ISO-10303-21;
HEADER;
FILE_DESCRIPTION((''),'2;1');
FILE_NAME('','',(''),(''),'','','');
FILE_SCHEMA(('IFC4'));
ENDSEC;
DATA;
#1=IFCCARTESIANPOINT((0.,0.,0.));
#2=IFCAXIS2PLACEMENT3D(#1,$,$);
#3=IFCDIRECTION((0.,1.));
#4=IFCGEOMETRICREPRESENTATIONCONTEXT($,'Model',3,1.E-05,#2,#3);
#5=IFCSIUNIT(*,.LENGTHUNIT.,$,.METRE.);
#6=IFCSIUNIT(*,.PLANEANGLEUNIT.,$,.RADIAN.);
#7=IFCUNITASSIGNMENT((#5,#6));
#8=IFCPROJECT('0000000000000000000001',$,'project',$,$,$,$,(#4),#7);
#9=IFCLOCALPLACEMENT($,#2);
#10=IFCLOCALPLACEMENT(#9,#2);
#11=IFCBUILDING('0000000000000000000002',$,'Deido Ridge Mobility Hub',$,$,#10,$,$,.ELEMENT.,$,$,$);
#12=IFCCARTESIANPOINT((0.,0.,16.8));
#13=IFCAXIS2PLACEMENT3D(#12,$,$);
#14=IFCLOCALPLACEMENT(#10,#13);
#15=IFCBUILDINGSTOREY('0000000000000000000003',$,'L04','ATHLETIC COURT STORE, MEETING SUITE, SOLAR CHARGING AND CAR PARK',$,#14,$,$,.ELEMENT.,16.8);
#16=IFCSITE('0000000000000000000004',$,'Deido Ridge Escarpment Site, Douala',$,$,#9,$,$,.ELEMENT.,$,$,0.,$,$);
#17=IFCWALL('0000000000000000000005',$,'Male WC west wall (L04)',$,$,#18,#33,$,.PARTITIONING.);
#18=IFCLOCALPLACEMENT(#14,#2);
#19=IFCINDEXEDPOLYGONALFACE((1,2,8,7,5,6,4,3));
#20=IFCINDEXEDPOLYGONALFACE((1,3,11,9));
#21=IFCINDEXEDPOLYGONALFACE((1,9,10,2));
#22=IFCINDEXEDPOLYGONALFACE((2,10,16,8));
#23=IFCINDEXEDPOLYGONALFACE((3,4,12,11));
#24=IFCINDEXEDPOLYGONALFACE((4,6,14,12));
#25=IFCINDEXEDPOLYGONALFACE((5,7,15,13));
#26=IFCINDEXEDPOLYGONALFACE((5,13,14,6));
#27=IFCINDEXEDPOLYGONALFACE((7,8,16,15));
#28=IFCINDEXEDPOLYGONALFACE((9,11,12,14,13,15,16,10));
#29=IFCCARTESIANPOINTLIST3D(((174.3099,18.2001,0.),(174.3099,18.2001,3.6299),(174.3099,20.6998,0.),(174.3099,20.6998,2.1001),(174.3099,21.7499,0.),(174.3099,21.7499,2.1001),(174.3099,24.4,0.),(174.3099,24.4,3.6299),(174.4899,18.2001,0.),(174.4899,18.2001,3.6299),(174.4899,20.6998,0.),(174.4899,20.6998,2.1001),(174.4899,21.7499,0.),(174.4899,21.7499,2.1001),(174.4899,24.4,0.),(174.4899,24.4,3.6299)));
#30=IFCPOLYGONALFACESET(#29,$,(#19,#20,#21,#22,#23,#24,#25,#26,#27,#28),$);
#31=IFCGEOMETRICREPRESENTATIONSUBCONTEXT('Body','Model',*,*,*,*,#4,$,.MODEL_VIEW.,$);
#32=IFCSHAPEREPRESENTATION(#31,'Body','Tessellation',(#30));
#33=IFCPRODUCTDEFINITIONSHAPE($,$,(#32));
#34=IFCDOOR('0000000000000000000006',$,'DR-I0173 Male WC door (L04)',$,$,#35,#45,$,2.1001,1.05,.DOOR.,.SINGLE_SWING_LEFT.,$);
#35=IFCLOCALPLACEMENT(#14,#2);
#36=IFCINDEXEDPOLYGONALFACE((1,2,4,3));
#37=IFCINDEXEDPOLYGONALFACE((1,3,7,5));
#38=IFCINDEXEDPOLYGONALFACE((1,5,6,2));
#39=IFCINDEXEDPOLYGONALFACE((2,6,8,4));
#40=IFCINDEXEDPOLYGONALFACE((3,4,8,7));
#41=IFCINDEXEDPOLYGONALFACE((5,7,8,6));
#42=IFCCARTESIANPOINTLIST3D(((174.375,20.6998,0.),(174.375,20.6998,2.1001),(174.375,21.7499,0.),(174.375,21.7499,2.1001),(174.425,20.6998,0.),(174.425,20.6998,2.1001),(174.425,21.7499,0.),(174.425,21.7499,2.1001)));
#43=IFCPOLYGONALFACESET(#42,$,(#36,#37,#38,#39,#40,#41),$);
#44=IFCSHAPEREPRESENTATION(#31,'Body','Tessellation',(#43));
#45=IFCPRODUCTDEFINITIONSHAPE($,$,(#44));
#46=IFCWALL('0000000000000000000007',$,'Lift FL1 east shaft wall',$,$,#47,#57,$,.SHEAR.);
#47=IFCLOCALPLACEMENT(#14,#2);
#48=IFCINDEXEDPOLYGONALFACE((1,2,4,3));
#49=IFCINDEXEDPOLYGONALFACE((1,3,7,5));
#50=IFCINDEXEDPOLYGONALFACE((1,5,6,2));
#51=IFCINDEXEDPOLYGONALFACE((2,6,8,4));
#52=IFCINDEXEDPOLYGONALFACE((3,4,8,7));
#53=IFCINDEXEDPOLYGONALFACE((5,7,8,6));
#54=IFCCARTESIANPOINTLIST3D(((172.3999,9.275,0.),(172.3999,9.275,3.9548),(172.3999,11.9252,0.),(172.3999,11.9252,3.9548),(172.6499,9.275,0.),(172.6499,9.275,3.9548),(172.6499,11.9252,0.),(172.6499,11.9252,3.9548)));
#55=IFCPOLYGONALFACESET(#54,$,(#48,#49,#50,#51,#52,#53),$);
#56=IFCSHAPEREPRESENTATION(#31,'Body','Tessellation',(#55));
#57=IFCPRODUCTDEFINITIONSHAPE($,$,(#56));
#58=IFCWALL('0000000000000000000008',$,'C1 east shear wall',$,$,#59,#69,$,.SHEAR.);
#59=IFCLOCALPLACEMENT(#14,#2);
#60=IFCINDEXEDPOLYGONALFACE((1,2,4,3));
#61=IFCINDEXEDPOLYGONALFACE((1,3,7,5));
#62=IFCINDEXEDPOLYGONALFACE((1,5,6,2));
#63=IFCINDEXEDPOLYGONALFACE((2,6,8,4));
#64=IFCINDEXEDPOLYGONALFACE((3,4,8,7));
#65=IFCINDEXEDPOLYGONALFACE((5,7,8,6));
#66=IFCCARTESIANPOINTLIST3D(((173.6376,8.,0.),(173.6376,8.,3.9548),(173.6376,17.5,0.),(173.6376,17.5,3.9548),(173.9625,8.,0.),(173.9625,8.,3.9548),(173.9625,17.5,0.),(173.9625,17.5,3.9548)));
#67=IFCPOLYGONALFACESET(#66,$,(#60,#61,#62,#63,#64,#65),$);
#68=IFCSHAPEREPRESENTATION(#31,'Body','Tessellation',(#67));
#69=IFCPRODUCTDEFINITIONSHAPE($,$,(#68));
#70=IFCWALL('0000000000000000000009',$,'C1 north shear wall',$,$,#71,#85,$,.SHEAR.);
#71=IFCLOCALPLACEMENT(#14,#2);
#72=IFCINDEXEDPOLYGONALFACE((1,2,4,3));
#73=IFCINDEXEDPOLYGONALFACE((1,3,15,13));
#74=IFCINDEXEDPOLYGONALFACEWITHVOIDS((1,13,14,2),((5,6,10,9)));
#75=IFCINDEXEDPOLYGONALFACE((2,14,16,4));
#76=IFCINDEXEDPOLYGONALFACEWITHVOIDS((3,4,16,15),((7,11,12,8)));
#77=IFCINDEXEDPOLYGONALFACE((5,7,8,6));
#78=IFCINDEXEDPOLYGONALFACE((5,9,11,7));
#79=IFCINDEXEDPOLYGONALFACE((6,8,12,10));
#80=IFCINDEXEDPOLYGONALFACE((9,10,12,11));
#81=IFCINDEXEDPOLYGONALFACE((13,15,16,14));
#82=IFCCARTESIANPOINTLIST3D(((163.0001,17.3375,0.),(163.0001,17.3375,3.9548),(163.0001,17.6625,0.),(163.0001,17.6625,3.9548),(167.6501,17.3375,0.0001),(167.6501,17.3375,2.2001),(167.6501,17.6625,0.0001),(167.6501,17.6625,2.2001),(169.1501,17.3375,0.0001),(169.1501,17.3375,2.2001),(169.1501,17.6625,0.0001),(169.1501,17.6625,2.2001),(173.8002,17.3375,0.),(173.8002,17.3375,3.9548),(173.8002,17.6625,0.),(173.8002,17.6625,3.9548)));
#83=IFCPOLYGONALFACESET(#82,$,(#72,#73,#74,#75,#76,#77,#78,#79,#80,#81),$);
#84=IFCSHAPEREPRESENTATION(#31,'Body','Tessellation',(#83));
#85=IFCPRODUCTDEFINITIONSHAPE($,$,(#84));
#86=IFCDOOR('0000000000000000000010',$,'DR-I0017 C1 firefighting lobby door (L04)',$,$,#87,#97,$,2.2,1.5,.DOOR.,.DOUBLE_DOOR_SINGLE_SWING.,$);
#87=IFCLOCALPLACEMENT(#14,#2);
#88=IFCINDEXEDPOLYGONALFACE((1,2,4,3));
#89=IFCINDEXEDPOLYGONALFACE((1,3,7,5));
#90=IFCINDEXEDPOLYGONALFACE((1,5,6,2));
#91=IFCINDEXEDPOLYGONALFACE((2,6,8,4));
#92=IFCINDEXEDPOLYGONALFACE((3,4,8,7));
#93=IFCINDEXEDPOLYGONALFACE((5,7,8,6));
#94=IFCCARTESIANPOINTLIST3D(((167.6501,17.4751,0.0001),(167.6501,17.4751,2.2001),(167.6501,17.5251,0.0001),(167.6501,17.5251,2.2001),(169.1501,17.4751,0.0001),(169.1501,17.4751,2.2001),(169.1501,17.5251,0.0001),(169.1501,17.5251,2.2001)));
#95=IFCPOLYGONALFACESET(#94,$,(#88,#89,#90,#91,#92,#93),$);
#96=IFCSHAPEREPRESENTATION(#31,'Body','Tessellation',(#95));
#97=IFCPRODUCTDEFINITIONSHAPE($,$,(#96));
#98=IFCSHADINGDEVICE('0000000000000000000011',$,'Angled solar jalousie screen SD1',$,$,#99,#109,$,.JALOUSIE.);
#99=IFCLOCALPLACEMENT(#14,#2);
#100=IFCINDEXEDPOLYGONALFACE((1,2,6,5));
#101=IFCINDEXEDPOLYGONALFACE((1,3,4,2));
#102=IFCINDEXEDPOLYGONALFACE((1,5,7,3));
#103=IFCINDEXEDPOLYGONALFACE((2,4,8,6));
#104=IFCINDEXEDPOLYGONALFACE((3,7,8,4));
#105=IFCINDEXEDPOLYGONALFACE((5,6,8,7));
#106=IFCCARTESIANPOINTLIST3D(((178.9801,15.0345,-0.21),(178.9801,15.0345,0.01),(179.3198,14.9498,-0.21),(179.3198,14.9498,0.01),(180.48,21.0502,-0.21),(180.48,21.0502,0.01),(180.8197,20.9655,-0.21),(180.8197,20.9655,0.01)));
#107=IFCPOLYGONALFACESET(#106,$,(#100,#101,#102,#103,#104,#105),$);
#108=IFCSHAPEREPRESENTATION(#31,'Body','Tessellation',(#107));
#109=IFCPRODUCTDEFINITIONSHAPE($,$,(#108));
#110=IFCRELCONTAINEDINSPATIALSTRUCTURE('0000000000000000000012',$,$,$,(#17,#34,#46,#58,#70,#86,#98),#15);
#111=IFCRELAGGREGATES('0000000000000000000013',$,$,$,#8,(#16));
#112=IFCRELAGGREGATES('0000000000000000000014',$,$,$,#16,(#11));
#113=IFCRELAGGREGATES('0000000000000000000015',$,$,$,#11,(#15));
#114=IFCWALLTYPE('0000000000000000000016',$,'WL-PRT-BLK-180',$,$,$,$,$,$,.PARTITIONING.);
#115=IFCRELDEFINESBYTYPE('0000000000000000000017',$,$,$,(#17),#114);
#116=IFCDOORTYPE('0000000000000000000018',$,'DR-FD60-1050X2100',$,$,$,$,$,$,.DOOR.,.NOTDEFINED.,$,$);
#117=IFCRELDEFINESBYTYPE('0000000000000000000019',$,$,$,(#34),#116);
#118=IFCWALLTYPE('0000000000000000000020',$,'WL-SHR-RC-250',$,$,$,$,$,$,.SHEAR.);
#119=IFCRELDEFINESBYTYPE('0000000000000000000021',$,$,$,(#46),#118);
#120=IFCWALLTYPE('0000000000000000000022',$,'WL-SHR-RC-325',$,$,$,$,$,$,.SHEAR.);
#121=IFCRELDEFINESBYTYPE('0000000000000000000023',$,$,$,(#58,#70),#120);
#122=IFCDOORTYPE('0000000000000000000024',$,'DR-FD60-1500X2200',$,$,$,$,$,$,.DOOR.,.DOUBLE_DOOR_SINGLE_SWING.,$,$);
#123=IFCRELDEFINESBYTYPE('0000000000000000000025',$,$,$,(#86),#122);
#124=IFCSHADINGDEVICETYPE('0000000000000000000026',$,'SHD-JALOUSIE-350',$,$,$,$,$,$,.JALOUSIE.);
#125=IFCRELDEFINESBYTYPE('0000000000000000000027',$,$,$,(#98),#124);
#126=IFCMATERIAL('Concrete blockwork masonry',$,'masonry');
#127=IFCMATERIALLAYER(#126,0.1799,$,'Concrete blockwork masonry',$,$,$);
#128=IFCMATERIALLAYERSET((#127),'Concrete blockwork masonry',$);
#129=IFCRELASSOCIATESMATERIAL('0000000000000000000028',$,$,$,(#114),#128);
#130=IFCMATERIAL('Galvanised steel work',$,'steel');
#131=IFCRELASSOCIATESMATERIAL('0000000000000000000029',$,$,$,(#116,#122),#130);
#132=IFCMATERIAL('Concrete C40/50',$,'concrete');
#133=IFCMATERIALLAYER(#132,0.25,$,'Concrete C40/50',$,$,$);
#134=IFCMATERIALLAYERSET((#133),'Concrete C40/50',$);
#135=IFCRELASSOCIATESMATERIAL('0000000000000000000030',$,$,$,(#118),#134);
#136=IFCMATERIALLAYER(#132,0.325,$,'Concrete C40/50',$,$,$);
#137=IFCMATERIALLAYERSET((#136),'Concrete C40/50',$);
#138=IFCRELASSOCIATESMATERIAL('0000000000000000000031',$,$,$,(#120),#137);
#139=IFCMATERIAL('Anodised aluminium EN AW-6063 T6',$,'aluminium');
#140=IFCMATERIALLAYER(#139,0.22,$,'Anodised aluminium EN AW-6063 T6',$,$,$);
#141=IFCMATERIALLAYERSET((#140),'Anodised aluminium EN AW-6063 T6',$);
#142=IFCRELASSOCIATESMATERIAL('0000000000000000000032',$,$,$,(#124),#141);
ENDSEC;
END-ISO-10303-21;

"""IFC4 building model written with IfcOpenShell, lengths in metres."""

from ifc_helpers import new_model, si_unit, direction, frame, frame_2d, origin, origin_2d, place, context, subcontext, project, spatial, rectangle, extrude, material, layer, layer_set, type_object, element, fill, save


model = new_model("IFC4")

# Units and contexts
model_context = context("Model", 3, precision=1e-05, world=origin(), true_north=direction((0.0, 1.0)))
body_context = subcontext(model_context, "Body", "Model", "MODEL_VIEW")
ifc_project = project(units=[si_unit("LENGTHUNIT", "METRE"), si_unit("PLANEANGLEUNIT", "RADIAN")], contexts=[model_context])

# Site, building, storey
site_placement = place(None, origin())
site = spatial("IfcSite", under=ifc_project, at=site_placement, Name="Deido Ridge Escarpment Site, Douala", CompositionType="ELEMENT", RefElevation=0.0)
building_placement = place(site_placement, origin())
building = spatial("IfcBuilding", under=site, at=building_placement, Name="Deido Ridge Mobility Hub", CompositionType="ELEMENT")
storey_placement = place(building_placement, frame((0.0, 0.0, 16.8)))
storey = spatial("IfcBuildingStorey", under=building, at=storey_placement, Name="L04", Description="ATHLETIC COURT STORE, MEETING SUITE, SOLAR CHARGING AND CAR PARK", CompositionType="ELEMENT", Elevation=16.8)

# Shared definitions
ifc_material_1 = material(Name="Anodised aluminium EN AW-6063 T6", Category="aluminium")

# Wall, opening, door
ifc_material_2 = material(Name="Concrete blockwork masonry", Category="masonry")
ifc_layer_1 = layer(ifc_material_2, 0.1799, Name="Concrete blockwork masonry")
ifc_layer_set_1 = layer_set([ifc_layer_1], Name="Concrete blockwork masonry")
wall_type_1 = type_object("IfcWallType", Name="WL-PRT-BLK-180", PredefinedType="PARTITIONING", material=ifc_layer_set_1)
wall_1_placement = place(storey_placement, frame((174.3999, 18.2, 0.0), z_axis=(0.0, 0.0, 1.0), x_axis=(0.0, 1.0, 0.0)))
wall_1 = element("IfcWall", 1, at=wall_1_placement, inside=storey, type_object=wall_type_1, Name="Male WC west wall (L04)", PredefinedType="PARTITIONING", context=body_context, shape_type="SweptSolid", body=[
    extrude(rectangle(XDim=6.2, YDim=0.1799, at=frame_2d((3.1001, 0.0))), origin(), (0.0, 0.0, 1.0), 3.6299),
])
opening_1_placement = place(wall_1_placement, frame((2.5, 0.0, 0.0)))
opening_1 = element("IfcOpeningElement", 2, at=opening_1_placement, cuts=wall_1, PredefinedType="OPENING", context=body_context, shape_type="SweptSolid", body=[
    extrude(rectangle(XDim=1.05, YDim=2.1001, at=frame_2d((0.5249, 1.05))), frame((0.0, 0.1001, 0.0), z_axis=(0.0, -1.0, 0.0), x_axis=(1.0, 0.0, 0.0)), (0.0, 0.0, 1.0), 0.2),
])
ifc_material_3 = material(Name="Galvanised steel work", Category="steel")
door_type_1 = type_object("IfcDoorType", Name="DR-FD60-1050X2100", OperationType="NOTDEFINED", PredefinedType="DOOR", material=ifc_material_3)
door_1_placement = place(opening_1_placement, origin())
door_1 = element("IfcDoor", 3, at=door_1_placement, inside=storey, type_object=door_type_1, Name="DR-I0173 Male WC door (L04)", OperationType="SINGLE_SWING_LEFT", OverallHeight=2.1001, OverallWidth=1.05, PredefinedType="DOOR", context=body_context, shape_type="SweptSolid", body=[
    extrude(rectangle(XDim=1.05, YDim=2.1001, at=frame_2d((0.5249, 1.05))), frame((0.0, 0.0249, 0.0), z_axis=(0.0, -1.0, 0.0), x_axis=(1.0, 0.0, 0.0)), (0.0, 0.0, 1.0), 0.05),
])
fill(opening_1, door_1)

# Walls
ifc_material_4 = material(Name="Concrete C40/50", Category="concrete")
ifc_layer_2 = layer(ifc_material_4, 0.25, Name="Concrete C40/50")
ifc_layer_set_2 = layer_set([ifc_layer_2], Name="Concrete C40/50")
wall_type_2 = type_object("IfcWallType", Name="WL-SHR-RC-250", PredefinedType="SHEAR", material=ifc_layer_set_2)
wall_2_placement = place(storey_placement, frame((172.5249, 9.2749, 0.0), z_axis=(0.0, 0.0, 1.0), x_axis=(0.0, 1.0, 0.0)))
element("IfcWall", 4, at=wall_2_placement, inside=storey, type_object=wall_type_2, Name="Lift FL1 east shaft wall", PredefinedType="SHEAR", context=body_context, shape_type="SweptSolid", body=[
    extrude(rectangle(XDim=2.6501, YDim=0.25, at=frame_2d((1.3252, 0.0))), origin(), (0.0, 0.0, 1.0), 3.9548),
])
ifc_layer_3 = layer(ifc_material_4, 0.325, Name="Concrete C40/50")
ifc_layer_set_3 = layer_set([ifc_layer_3], Name="Concrete C40/50")
wall_type_3 = type_object("IfcWallType", Name="WL-SHR-RC-325", PredefinedType="SHEAR", material=ifc_layer_set_3)
wall_3_placement = place(storey_placement, frame((173.8, 8.0, 0.0), z_axis=(0.0, 0.0, 1.0), x_axis=(0.0, 1.0, 0.0)))
element("IfcWall", 5, at=wall_3_placement, inside=storey, type_object=wall_type_3, Name="C1 east shear wall", PredefinedType="SHEAR", context=body_context, shape_type="SweptSolid", body=[
    extrude(rectangle(XDim=9.5, YDim=0.325, at=frame_2d((4.75, 0.0))), origin(), (0.0, 0.0, 1.0), 3.9548),
])

# Wall, opening, door
wall_4_placement = place(storey_placement, frame((173.8, 17.5, 0.0), z_axis=(0.0, 0.0, 1.0), x_axis=(-1.0, 0.0, 0.0)))
wall_4 = element("IfcWall", 6, at=wall_4_placement, inside=storey, type_object=wall_type_3, Name="C1 north shear wall", PredefinedType="SHEAR", context=body_context, shape_type="SweptSolid", body=[
    extrude(rectangle(XDim=10.8, YDim=0.325, at=frame_2d((5.3999, 0.0))), origin(), (0.0, 0.0, 1.0), 3.9548),
])
opening_2_placement = place(wall_4_placement, frame((4.6499, 0.0, 0.0)))
opening_2 = element("IfcOpeningElement", 7, at=opening_2_placement, cuts=wall_4, PredefinedType="OPENING", context=body_context, shape_type="SweptSolid", body=[
    extrude(rectangle(XDim=1.5, YDim=2.2, at=frame_2d((0.75, 1.1001))), frame((0.0, 0.1724, 0.0), z_axis=(0.0, -1.0, 0.0), x_axis=(1.0, 0.0, 0.0)), (0.0, 0.0, 1.0), 0.345),
])
door_type_2 = type_object("IfcDoorType", Name="DR-FD60-1500X2200", OperationType="DOUBLE_DOOR_SINGLE_SWING", PredefinedType="DOOR", material=ifc_material_3)
door_2_placement = place(opening_2_placement, origin())
door_2 = element("IfcDoor", 8, at=door_2_placement, inside=storey, type_object=door_type_2, Name="DR-I0017 C1 firefighting lobby door (L04)", OperationType="DOUBLE_DOOR_SINGLE_SWING", OverallHeight=2.2, OverallWidth=1.5, PredefinedType="DOOR", context=body_context, shape_type="SweptSolid", body=[
    extrude(rectangle(XDim=1.5, YDim=2.2, at=frame_2d((0.75, 1.1001))), frame((0.0, 0.0249, 0.0), z_axis=(0.0, -1.0, 0.0), x_axis=(1.0, 0.0, 0.0)), (0.0, 0.0, 1.0), 0.05),
])
fill(opening_2, door_2)

# Shading device
ifc_layer_4 = layer(ifc_material_1, 0.22, Name="Anodised aluminium EN AW-6063 T6")
ifc_layer_set_4 = layer_set([ifc_layer_4], Name="Anodised aluminium EN AW-6063 T6")
shading_device_type = type_object("IfcShadingDeviceType", Name="SHD-JALOUSIE-350", PredefinedType="JALOUSIE", material=ifc_layer_set_4)
shading_device_placement = place(storey_placement, frame((179.8999, 18.0, -0.21), z_axis=(0.0, 0.0, 1.0), x_axis=(0.241922, 0.970296, 0.0)))
element("IfcShadingDevice", 9, at=shading_device_placement, inside=storey, type_object=shading_device_type, Name="Angled solar jalousie screen SD1", PredefinedType="JALOUSIE", context=body_context, shape_type="SweptSolid", body=[
    extrude(rectangle(XDim=6.2, YDim=0.3501, at=origin_2d()), origin(), (0.0, 0.0, 1.0), 0.22),
])

save(model, "model.ifc")
